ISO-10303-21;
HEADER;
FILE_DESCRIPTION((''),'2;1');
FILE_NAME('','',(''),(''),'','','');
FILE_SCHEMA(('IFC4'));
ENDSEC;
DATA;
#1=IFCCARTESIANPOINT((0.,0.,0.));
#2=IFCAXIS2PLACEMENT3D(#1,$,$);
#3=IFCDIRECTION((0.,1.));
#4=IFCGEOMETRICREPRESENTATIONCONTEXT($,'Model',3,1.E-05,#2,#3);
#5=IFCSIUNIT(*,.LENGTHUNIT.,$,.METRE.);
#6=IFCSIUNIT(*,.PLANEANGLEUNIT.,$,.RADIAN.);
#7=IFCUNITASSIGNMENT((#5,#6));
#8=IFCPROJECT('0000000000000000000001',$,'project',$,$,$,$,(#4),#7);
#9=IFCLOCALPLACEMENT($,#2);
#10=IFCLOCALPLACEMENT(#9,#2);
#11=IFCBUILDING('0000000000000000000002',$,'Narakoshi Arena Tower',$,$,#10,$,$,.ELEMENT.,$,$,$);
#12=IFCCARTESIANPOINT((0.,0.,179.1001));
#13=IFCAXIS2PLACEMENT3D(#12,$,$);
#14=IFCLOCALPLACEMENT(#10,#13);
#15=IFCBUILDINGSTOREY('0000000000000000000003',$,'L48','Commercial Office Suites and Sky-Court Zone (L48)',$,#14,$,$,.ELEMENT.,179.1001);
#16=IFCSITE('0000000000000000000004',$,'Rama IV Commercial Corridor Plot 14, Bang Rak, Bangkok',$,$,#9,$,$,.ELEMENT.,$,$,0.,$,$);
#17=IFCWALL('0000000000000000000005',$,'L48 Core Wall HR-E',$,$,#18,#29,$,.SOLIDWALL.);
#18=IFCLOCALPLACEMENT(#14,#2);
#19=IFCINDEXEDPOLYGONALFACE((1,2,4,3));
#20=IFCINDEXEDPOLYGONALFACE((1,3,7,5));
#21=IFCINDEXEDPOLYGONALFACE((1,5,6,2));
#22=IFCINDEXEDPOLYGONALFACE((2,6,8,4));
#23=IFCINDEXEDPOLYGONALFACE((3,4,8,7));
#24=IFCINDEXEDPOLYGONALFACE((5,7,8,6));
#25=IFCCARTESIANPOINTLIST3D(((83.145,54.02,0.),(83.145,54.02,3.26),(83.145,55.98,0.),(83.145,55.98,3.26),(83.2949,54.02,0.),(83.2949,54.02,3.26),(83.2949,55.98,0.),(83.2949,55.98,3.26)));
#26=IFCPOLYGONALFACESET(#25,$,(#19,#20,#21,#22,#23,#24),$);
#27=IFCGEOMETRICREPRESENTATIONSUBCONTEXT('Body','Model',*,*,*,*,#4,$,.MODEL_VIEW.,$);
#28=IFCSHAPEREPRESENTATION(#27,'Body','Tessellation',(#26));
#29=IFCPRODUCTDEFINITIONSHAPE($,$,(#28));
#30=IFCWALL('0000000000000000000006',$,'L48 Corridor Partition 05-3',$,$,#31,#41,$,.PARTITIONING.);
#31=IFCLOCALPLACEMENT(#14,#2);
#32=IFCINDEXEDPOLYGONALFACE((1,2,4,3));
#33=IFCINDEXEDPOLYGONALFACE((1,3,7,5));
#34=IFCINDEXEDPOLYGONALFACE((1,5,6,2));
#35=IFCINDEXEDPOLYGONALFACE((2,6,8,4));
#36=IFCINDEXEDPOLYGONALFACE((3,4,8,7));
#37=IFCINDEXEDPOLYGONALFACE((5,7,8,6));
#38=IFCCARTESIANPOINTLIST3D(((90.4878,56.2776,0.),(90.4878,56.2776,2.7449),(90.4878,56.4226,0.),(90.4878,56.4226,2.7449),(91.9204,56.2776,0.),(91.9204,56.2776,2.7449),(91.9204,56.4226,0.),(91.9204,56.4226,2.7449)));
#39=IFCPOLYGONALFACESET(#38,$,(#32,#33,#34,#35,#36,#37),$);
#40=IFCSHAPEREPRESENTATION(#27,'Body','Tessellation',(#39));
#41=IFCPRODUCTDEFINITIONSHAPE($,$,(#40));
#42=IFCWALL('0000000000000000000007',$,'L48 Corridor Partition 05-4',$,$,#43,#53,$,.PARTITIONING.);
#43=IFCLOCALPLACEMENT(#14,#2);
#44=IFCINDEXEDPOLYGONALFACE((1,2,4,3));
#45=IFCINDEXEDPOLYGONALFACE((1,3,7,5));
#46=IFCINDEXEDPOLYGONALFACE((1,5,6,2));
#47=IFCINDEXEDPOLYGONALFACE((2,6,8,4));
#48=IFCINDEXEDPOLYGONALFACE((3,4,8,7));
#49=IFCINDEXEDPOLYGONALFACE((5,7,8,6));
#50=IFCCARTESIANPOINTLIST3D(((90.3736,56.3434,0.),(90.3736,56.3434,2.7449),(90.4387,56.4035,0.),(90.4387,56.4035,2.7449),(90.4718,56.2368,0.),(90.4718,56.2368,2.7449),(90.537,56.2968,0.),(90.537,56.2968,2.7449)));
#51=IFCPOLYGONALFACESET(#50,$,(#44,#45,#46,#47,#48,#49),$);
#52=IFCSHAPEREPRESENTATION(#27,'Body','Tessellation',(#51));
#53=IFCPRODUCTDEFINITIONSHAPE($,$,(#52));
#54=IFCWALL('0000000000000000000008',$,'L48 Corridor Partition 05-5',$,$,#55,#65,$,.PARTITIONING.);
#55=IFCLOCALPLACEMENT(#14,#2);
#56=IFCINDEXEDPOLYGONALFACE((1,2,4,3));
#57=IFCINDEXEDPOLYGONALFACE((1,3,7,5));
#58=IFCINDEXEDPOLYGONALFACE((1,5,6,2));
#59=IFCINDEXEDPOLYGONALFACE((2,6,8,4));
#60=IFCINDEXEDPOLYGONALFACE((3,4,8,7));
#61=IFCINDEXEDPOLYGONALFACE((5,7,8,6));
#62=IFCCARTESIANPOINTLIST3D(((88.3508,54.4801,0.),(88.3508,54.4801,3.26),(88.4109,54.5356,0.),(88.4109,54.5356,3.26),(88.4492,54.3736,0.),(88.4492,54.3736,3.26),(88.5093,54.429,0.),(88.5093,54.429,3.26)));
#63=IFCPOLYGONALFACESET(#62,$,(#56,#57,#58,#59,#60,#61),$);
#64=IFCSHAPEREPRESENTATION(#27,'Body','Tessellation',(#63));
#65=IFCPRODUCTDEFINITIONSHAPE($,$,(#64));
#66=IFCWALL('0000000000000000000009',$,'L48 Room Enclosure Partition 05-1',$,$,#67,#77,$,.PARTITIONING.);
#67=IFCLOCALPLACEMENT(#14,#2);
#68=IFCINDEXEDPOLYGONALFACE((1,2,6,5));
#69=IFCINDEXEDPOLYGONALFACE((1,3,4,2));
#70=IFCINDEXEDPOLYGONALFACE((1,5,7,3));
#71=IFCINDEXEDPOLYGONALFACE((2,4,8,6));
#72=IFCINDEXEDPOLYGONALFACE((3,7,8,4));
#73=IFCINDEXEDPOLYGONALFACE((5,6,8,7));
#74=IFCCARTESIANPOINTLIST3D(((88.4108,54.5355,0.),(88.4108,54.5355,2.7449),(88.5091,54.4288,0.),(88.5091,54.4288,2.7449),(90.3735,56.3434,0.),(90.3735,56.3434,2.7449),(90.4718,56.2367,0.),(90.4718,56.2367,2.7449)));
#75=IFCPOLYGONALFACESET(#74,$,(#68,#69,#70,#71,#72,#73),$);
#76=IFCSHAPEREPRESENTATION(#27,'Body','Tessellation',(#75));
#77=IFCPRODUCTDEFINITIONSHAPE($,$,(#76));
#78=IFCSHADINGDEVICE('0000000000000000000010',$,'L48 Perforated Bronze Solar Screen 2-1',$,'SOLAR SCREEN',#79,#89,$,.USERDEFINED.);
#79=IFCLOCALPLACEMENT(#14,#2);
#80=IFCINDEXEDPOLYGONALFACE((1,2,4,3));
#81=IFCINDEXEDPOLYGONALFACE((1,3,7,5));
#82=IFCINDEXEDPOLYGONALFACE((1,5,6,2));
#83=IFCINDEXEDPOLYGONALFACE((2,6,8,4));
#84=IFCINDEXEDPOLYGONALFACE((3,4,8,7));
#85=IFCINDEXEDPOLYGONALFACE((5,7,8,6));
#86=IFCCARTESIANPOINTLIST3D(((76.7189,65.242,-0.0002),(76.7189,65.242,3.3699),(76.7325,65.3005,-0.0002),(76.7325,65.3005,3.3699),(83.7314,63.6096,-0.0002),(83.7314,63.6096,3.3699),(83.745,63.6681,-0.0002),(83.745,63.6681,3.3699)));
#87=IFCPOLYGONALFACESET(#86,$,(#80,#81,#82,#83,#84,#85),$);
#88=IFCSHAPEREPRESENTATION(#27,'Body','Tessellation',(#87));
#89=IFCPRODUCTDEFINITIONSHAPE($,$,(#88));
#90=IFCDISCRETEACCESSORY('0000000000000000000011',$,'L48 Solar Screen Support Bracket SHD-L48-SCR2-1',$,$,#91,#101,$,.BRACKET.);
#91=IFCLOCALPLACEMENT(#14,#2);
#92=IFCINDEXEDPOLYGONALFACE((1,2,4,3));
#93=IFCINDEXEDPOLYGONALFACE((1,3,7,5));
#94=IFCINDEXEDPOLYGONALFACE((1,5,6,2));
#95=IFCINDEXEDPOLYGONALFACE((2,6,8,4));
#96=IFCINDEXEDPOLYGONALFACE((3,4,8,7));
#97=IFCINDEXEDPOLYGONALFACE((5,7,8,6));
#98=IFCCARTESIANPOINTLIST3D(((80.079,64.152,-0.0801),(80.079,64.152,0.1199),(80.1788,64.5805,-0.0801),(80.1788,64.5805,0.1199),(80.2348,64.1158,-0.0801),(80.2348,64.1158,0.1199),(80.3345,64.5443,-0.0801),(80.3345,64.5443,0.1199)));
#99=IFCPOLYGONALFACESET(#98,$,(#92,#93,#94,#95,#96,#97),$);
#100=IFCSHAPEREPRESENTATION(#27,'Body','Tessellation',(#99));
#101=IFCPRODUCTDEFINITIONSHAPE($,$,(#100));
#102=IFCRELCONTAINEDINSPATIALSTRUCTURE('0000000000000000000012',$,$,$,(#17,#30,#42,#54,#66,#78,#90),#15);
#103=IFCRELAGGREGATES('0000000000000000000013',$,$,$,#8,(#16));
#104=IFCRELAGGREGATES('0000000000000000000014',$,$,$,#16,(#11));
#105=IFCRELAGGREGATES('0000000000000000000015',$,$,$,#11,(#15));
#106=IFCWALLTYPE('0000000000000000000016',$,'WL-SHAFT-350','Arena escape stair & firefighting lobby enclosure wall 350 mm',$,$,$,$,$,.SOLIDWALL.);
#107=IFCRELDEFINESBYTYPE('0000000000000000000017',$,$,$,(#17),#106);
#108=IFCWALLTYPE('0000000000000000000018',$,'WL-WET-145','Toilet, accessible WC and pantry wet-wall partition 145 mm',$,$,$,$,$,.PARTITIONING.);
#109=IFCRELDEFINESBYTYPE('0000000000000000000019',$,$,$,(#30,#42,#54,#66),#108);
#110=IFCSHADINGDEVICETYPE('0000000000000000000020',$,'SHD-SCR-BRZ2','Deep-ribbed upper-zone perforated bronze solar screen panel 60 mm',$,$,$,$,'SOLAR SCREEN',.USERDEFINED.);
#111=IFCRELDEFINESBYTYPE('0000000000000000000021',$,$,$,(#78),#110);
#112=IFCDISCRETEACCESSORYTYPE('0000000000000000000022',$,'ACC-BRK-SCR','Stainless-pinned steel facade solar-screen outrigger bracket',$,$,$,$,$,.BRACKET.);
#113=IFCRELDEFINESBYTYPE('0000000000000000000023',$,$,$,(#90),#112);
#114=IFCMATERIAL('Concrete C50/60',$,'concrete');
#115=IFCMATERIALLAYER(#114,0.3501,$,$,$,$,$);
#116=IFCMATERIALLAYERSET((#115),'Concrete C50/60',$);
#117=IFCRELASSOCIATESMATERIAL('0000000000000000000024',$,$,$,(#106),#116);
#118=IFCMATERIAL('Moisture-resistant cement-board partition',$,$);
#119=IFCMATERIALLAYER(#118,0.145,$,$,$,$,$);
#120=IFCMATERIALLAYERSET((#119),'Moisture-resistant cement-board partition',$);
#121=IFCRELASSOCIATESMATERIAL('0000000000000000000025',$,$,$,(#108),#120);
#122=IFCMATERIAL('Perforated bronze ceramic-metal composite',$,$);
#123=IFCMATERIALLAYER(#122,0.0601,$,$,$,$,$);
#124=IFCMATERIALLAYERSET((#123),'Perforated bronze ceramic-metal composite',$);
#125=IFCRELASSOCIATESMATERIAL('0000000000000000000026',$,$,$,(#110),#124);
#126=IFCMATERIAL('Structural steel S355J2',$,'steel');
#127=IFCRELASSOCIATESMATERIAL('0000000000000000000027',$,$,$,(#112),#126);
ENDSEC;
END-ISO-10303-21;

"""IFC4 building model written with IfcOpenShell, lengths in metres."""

from ifc_helpers import new_model, si_unit, direction, frame, frame_2d, origin, origin_2d, place, context, subcontext, project, spatial, rectangle, extrude, material, layer, layer_set, type_object, element, save


model = new_model("IFC4")

# Units and contexts
model_context = context("Model", 3, precision=1e-05, world=origin(), true_north=direction((0.0, 1.0)))
body_context = subcontext(model_context, "Body", "Model", "MODEL_VIEW")
ifc_project = project(units=[si_unit("LENGTHUNIT", "METRE"), si_unit("PLANEANGLEUNIT", "RADIAN")], contexts=[model_context])

# Site, building, storey
site_placement = place(None, origin())
site = spatial("IfcSite", under=ifc_project, at=site_placement, Name="Rama IV Commercial Corridor Plot 14, Bang Rak, Bangkok", CompositionType="ELEMENT", RefElevation=0.0)
building_placement = place(site_placement, origin())
building = spatial("IfcBuilding", under=site, at=building_placement, Name="Narakoshi Arena Tower", CompositionType="ELEMENT")
storey_placement = place(building_placement, frame((0.0, 0.0, 179.1001)))
storey = spatial("IfcBuildingStorey", under=building, at=storey_placement, Name="L48", Description="Commercial Office Suites and Sky-Court Zone (L48)", CompositionType="ELEMENT", Elevation=179.1001)

# Shared definitions
ifc_material_1 = material(Name="Concrete C50/60", Category="concrete")

# Shared definitions
ifc_material_2 = material(Name="Structural steel S355J2", Category="steel")

# Walls
ifc_layer_1 = layer(ifc_material_1, 0.3501)
ifc_layer_set_1 = layer_set([ifc_layer_1], Name="Concrete C50/60")
wall_type_1 = type_object("IfcWallType", Name="WL-SHAFT-350", Description="Arena escape stair & firefighting lobby enclosure wall 350 mm", PredefinedType="SOLIDWALL", material=ifc_layer_set_1)
wall_1_placement = place(storey_placement, frame((83.22, 54.02, 0.0), z_axis=(0.0, 0.0, 1.0), x_axis=(0.0, 1.0, 0.0)))
element("IfcWall", 1, at=wall_1_placement, inside=storey, type_object=wall_type_1, Name="L48 Core Wall HR-E", PredefinedType="SOLIDWALL", context=body_context, shape_type="SweptSolid", body=[
    extrude(rectangle(XDim=1.96, YDim=0.1499, at=frame_2d((0.98, 0.0))), origin(), (0.0, 0.0, 1.0), 3.26),
])
ifc_material_3 = material(Name="Moisture-resistant cement-board partition")
ifc_layer_2 = layer(ifc_material_3, 0.145)
ifc_layer_set_2 = layer_set([ifc_layer_2], Name="Moisture-resistant cement-board partition")
wall_type_2 = type_object("IfcWallType", Name="WL-WET-145", Description="Toilet, accessible WC and pantry wet-wall partition 145 mm", PredefinedType="PARTITIONING", material=ifc_layer_set_2)
wall_2_placement = place(storey_placement, frame((90.4878, 56.3501, 0.0), z_axis=(0.0, 0.0, 1.0), x_axis=(1.0, 0.0, 0.0)))
element("IfcWall", 2, at=wall_2_placement, inside=storey, type_object=wall_type_2, Name="L48 Corridor Partition 05-3", PredefinedType="PARTITIONING", context=body_context, shape_type="SweptSolid", body=[
    extrude(rectangle(XDim=1.4326, YDim=0.145, at=frame_2d((0.7163, 0.0))), origin(), (0.0, 0.0, 1.0), 2.7449),
])
wall_3_placement = place(storey_placement, frame((90.4226, 56.29, 0.0), z_axis=(0.0, 0.0, 1.0), x_axis=(0.735437, 0.677593, 0.0)))
element("IfcWall", 3, at=wall_3_placement, inside=storey, type_object=wall_type_2, Name="L48 Corridor Partition 05-4", PredefinedType="PARTITIONING", context=body_context, shape_type="SweptSolid", body=[
    extrude(rectangle(XDim=0.0886, YDim=0.145, at=frame_2d((0.0444, 0.0))), origin(), (0.0, 0.0, 1.0), 2.7449),
])
wall_4_placement = place(storey_placement, frame((88.3999, 54.4268, 0.0), z_axis=(0.0, 0.0, 1.0), x_axis=(0.734918, 0.678156, 0.0)))
element("IfcWall", 4, at=wall_4_placement, inside=storey, type_object=wall_type_2, Name="L48 Corridor Partition 05-5", PredefinedType="PARTITIONING", context=body_context, shape_type="SweptSolid", body=[
    extrude(rectangle(XDim=0.0818, YDim=0.145, at=frame_2d((0.041, 0.0))), origin(), (0.0, 0.0, 1.0), 3.26),
])
wall_5_placement = place(storey_placement, frame((88.46, 54.4822, 0.0), z_axis=(0.0, 0.0, 1.0), x_axis=(0.735515, 0.677508, 0.0)))
element("IfcWall", 5, at=wall_5_placement, inside=storey, type_object=wall_type_2, Name="L48 Room Enclosure Partition 05-1", PredefinedType="PARTITIONING", context=body_context, shape_type="SweptSolid", body=[
    extrude(rectangle(XDim=2.6685, YDim=0.145, at=frame_2d((1.3342, 0.0))), origin(), (0.0, 0.0, 1.0), 2.7449),
])

# Shading device
ifc_material_4 = material(Name="Perforated bronze ceramic-metal composite")
ifc_layer_3 = layer(ifc_material_4, 0.0601)
ifc_layer_set_3 = layer_set([ifc_layer_3], Name="Perforated bronze ceramic-metal composite")
shading_device_type = type_object("IfcShadingDeviceType", Name="SHD-SCR-BRZ2", Description="Deep-ribbed upper-zone perforated bronze solar screen panel 60 mm", ElementType="SOLAR SCREEN", PredefinedType="USERDEFINED", material=ifc_layer_set_3)
shading_device_placement = place(storey_placement, frame((80.2319, 64.4551, -0.0002), z_axis=(0.0, 0.0, 1.0), x_axis=(-0.97396, 0.226719, 0.0)))
element("IfcShadingDevice", 6, at=shading_device_placement, inside=storey, type_object=shading_device_type, Name="L48 Perforated Bronze Solar Screen 2-1", ObjectType="SOLAR SCREEN", PredefinedType="USERDEFINED", context=body_context, shape_type="SweptSolid", body=[
    extrude(rectangle(XDim=7.2, YDim=0.0601, at=origin_2d()), origin(), (0.0, 0.0, 1.0), 3.3701),
])

# Discrete accessory
discrete_accessory_type = type_object("IfcDiscreteAccessoryType", Name="ACC-BRK-SCR", Description="Stainless-pinned steel facade solar-screen outrigger bracket", PredefinedType="BRACKET", material=ifc_material_2)
discrete_accessory_placement = place(storey_placement, frame((80.2068, 64.3481, -0.0801), z_axis=(0.0, 0.0, 1.0), x_axis=(-0.97396, 0.226719, 0.0)))
element("IfcDiscreteAccessory", 7, at=discrete_accessory_placement, inside=storey, type_object=discrete_accessory_type, Name="L48 Solar Screen Support Bracket SHD-L48-SCR2-1", PredefinedType="BRACKET", context=body_context, shape_type="SweptSolid", body=[
    extrude(rectangle(XDim=0.1599, YDim=0.4399, at=origin_2d()), origin(), (0.0, 0.0, 1.0), 0.2),
])

save(model, "model.ifc")
